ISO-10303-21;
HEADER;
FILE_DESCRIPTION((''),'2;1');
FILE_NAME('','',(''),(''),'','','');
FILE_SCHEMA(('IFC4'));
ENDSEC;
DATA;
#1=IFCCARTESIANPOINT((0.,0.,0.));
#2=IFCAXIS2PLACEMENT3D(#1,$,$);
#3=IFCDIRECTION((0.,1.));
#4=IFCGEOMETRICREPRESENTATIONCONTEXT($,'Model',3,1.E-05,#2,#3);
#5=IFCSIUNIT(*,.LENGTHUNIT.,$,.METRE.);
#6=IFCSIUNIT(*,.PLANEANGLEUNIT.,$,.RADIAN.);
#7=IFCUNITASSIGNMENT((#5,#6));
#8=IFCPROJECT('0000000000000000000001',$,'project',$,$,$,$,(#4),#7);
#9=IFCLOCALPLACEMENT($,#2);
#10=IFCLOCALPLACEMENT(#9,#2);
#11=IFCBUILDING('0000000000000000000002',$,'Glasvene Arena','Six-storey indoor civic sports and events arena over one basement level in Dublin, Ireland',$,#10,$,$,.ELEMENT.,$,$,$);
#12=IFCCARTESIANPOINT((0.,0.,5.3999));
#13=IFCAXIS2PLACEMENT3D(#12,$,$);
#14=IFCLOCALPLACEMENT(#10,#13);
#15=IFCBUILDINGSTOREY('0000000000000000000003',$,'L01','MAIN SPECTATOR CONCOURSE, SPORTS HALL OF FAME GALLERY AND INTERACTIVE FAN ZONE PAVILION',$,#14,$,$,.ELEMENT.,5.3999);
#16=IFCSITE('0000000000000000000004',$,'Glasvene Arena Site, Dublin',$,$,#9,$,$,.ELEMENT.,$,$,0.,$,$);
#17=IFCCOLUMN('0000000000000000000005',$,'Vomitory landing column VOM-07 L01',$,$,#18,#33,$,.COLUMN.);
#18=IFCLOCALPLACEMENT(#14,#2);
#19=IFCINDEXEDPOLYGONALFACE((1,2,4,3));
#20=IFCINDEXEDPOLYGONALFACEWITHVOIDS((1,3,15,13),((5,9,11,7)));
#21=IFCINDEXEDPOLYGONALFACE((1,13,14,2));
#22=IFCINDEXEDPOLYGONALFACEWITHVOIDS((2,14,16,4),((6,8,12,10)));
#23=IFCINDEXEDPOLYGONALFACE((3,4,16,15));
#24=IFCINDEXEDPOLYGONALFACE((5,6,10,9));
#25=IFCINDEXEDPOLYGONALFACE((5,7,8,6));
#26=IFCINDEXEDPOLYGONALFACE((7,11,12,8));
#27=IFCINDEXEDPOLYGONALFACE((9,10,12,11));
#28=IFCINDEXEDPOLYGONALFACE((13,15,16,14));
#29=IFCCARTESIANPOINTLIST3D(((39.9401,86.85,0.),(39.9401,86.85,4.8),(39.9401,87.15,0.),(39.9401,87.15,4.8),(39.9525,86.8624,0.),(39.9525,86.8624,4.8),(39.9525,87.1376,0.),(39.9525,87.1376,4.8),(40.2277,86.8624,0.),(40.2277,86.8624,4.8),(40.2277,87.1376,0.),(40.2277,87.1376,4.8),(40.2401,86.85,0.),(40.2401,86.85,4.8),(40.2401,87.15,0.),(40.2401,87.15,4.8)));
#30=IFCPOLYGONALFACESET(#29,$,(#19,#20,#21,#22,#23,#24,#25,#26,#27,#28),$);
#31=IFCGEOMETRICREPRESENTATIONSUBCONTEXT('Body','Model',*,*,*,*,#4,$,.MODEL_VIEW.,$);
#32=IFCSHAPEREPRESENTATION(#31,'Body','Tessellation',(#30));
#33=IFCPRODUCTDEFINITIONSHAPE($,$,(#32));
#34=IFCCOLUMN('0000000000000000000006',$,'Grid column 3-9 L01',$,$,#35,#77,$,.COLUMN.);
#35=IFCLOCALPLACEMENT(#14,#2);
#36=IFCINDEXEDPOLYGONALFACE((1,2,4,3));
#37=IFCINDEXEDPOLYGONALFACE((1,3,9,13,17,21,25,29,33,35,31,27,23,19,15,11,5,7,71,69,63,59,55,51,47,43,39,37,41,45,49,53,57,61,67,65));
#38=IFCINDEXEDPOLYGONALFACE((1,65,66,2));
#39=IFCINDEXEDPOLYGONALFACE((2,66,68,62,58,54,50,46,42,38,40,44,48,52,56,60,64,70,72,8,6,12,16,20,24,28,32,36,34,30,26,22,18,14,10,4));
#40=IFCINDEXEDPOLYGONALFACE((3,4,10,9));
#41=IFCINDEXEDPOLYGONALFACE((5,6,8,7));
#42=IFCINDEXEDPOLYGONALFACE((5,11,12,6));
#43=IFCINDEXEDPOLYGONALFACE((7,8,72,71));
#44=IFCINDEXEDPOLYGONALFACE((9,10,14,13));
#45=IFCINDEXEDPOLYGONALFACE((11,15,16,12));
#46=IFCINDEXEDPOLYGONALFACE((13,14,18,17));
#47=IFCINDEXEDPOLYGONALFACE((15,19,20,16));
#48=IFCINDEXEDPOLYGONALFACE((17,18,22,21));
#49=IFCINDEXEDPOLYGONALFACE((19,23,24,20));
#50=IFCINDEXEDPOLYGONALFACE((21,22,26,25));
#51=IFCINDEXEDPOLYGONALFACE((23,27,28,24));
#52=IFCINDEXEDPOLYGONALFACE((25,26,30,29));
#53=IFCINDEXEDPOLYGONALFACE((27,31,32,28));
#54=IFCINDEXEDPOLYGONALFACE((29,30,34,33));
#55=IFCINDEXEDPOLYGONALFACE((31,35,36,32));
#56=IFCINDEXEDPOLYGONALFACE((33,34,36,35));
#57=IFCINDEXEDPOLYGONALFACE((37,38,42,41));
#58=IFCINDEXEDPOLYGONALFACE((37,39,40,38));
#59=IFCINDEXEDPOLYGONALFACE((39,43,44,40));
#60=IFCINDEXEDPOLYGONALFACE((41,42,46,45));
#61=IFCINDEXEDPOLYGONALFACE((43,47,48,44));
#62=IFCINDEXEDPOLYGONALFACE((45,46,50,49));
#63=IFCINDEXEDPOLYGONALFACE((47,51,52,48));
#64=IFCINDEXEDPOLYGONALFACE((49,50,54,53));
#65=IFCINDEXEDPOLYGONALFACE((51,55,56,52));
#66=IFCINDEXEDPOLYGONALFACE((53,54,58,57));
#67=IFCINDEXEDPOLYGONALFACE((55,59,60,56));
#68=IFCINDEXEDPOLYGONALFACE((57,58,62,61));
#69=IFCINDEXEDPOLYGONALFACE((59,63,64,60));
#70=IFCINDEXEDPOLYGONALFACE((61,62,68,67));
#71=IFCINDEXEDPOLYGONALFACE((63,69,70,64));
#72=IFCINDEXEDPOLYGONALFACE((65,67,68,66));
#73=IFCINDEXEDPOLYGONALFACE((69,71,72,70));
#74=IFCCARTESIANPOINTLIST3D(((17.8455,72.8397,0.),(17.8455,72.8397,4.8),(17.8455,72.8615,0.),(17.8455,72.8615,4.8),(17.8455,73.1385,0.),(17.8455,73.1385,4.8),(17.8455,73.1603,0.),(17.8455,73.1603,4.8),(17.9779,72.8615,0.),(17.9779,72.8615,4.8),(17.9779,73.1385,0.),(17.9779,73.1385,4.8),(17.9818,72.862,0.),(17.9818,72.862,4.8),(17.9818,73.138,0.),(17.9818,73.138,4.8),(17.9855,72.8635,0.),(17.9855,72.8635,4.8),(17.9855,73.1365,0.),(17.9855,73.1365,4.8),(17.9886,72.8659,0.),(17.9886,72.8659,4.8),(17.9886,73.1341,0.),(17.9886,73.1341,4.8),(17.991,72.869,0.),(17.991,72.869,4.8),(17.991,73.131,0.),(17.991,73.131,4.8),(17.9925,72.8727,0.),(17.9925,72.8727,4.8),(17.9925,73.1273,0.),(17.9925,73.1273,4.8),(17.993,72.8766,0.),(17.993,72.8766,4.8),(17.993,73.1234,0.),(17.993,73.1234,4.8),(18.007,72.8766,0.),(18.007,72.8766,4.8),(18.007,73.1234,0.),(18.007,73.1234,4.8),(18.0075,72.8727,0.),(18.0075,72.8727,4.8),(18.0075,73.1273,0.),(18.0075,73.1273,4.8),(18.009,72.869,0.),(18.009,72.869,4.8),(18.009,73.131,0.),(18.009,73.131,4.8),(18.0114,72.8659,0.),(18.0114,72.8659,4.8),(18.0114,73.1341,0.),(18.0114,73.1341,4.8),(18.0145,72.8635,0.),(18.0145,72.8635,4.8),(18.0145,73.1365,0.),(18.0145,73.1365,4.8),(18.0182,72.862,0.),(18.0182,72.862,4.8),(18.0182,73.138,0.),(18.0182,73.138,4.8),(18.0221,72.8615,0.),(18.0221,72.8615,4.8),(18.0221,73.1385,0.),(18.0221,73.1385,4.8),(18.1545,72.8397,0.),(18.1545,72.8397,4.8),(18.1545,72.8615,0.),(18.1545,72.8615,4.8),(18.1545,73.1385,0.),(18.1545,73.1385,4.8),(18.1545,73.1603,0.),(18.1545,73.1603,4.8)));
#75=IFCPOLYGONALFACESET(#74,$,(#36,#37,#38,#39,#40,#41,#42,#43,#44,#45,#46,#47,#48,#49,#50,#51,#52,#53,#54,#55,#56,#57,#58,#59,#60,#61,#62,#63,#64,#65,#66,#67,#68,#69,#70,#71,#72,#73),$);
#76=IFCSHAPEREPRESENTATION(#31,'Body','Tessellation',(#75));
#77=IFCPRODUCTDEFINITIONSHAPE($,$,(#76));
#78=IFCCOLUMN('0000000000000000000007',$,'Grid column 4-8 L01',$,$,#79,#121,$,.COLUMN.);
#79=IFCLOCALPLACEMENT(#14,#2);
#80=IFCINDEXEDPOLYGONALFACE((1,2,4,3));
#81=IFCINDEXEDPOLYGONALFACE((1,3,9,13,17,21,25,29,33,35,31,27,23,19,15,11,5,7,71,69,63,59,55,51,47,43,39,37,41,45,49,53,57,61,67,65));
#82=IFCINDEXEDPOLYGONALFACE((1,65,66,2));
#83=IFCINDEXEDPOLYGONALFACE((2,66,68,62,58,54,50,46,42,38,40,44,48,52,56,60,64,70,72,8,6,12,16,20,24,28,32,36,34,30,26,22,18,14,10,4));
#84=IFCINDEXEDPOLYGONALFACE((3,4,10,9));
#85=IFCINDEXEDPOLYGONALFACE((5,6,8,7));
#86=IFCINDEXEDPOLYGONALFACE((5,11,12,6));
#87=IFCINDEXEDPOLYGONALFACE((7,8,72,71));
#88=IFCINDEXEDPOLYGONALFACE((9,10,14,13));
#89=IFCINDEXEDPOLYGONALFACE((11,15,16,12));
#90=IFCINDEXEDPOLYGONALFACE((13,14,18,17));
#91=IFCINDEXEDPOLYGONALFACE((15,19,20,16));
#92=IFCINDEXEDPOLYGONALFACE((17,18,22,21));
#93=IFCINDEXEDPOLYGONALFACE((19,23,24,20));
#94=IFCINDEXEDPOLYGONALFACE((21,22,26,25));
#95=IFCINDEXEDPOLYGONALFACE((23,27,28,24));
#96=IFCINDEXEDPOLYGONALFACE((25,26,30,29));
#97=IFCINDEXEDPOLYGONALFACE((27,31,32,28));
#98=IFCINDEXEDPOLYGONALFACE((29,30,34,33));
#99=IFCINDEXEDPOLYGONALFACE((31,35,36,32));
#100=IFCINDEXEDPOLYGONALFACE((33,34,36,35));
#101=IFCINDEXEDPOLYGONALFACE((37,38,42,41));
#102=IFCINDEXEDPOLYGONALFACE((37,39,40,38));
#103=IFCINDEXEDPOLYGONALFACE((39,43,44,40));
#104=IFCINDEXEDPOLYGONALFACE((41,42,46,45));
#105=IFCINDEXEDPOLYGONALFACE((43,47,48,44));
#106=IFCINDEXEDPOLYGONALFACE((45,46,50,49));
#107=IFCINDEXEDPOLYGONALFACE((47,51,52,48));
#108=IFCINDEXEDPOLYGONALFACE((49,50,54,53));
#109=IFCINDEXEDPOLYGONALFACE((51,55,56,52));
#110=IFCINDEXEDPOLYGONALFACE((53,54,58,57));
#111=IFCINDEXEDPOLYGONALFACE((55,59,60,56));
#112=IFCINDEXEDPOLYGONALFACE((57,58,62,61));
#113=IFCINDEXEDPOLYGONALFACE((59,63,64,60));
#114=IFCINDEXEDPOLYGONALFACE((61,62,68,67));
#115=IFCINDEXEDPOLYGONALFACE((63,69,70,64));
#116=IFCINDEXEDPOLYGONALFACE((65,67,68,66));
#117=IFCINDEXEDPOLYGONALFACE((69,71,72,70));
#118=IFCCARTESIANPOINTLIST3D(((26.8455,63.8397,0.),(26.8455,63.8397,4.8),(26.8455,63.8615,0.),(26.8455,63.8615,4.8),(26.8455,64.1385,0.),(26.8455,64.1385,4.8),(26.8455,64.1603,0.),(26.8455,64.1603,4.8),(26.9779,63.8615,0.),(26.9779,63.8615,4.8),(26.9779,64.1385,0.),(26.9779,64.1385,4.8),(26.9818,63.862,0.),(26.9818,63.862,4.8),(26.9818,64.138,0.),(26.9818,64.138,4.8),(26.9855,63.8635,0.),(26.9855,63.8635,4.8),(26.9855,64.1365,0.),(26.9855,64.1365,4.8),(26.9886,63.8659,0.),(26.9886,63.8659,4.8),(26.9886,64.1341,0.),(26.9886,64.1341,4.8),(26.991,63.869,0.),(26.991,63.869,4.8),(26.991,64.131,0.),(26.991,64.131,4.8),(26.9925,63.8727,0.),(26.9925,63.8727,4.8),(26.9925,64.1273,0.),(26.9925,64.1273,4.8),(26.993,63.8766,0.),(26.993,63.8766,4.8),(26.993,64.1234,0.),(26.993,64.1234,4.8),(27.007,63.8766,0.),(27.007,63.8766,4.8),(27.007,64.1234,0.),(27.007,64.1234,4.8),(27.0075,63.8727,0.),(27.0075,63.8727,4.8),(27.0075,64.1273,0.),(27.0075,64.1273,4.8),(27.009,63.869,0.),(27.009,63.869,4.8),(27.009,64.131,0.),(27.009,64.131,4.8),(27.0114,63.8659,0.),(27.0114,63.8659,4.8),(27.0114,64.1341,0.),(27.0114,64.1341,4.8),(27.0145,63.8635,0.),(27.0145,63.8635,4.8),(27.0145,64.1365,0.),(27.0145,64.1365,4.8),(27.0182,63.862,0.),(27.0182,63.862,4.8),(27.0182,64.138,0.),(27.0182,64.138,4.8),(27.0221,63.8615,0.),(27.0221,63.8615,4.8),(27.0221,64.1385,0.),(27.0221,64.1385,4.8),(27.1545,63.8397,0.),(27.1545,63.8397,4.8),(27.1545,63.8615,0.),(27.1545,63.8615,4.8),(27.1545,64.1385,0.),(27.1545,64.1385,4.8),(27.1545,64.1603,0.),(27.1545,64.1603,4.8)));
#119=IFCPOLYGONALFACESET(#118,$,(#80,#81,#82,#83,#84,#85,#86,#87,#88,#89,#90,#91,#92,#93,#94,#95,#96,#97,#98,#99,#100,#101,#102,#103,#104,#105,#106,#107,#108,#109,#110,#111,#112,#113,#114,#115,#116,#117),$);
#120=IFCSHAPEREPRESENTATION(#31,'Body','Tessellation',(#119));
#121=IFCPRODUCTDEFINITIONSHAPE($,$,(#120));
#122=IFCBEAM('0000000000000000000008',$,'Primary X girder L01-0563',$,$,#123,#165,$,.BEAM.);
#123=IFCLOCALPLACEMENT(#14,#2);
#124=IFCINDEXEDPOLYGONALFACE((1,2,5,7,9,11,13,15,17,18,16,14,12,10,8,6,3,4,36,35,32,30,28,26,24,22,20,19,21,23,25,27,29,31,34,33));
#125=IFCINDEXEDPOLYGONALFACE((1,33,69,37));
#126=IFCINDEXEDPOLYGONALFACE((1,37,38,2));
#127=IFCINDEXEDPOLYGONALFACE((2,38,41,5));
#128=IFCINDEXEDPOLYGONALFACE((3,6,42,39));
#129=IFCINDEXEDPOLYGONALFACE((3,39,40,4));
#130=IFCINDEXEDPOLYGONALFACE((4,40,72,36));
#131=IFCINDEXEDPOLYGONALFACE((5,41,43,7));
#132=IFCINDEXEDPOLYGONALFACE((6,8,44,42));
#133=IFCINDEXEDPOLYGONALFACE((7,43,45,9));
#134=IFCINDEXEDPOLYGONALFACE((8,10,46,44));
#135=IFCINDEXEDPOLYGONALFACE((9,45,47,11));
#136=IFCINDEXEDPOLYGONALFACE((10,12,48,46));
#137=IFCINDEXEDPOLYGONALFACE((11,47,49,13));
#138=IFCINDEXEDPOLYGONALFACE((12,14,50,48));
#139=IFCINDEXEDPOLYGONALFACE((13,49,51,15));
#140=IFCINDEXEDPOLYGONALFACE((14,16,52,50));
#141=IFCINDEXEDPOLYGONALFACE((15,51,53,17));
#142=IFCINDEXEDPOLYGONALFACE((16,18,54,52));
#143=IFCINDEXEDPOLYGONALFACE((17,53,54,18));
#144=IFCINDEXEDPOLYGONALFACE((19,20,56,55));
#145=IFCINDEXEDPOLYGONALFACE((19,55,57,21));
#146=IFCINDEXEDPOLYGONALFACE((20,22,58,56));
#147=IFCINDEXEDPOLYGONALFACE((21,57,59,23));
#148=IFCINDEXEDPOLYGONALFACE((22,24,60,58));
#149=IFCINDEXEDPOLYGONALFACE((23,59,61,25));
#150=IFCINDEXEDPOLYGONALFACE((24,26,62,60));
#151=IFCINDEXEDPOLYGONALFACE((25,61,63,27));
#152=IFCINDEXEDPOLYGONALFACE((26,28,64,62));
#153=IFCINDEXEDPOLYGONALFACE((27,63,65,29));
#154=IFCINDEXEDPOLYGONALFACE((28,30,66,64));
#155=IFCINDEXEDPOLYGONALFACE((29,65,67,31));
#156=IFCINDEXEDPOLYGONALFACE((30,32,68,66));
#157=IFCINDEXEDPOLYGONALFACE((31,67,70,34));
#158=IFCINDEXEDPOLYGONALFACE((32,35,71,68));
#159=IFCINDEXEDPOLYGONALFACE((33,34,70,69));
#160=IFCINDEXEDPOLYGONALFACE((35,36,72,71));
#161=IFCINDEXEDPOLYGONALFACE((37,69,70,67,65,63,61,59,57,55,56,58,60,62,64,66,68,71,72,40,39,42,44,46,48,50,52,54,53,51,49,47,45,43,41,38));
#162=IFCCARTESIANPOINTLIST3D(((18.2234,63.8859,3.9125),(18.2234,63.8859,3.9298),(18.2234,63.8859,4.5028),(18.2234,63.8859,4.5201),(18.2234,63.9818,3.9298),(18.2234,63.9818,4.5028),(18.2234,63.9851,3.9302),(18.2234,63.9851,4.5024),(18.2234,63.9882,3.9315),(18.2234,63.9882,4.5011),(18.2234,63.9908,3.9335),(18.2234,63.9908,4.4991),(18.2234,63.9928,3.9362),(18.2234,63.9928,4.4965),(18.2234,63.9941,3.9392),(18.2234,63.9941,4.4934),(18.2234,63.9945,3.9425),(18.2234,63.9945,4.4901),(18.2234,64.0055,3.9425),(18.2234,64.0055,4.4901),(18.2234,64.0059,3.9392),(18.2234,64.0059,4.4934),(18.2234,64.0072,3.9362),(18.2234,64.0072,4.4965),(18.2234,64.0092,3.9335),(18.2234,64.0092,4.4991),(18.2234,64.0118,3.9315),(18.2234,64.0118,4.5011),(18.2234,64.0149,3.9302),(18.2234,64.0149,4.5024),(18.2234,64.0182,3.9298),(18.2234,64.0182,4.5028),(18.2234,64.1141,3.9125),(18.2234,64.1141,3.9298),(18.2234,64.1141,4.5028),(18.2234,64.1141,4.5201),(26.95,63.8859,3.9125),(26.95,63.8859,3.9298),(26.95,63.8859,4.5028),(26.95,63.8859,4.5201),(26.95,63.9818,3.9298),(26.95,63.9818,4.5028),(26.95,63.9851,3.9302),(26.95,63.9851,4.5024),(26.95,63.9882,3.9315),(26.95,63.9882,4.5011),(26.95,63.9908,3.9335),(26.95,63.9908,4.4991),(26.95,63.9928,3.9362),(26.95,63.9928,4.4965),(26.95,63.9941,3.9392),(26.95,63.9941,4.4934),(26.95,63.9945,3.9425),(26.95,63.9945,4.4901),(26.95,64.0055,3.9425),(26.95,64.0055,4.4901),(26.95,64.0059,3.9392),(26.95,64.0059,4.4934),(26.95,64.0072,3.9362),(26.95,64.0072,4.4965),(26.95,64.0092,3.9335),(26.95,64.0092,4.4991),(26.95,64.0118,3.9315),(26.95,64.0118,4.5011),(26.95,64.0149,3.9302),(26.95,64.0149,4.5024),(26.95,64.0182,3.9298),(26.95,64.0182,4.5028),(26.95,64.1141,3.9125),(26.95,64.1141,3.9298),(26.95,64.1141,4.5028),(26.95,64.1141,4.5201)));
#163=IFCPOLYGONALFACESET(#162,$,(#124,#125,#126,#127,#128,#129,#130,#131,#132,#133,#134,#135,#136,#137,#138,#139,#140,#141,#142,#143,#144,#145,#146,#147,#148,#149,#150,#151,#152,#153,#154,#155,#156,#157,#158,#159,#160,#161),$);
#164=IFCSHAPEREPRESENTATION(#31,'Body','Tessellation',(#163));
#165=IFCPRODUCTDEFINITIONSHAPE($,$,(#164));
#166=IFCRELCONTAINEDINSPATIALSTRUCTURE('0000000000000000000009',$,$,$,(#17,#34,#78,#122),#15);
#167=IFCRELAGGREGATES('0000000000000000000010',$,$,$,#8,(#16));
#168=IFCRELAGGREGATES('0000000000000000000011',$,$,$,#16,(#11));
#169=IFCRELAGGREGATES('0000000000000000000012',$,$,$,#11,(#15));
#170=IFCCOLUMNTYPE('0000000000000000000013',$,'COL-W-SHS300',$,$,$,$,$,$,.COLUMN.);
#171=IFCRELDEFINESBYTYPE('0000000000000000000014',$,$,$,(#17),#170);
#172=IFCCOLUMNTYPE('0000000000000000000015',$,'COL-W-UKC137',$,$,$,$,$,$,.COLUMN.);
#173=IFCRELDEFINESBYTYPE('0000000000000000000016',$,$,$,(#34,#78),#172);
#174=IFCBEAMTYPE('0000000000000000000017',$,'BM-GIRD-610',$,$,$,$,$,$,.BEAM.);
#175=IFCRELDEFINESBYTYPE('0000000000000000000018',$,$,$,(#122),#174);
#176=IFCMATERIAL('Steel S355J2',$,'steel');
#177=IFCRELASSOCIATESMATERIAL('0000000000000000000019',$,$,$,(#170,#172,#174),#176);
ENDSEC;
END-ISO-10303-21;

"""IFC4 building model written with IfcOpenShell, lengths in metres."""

from ifc_helpers import new_model, si_unit, direction, frame, origin, origin_2d, place, context, subcontext, project, spatial, hollow_rectangle, i_section, extrude, material, material_profile, profile_set, type_object, element, save


model = new_model("IFC4")

# Units and contexts
model_context = context("Model", 3, precision=1e-05, world=origin(), true_north=direction((0.0, 1.0)))
body_context = subcontext(model_context, "Body", "Model", "MODEL_VIEW")
ifc_project = project(units=[si_unit("LENGTHUNIT", "METRE"), si_unit("PLANEANGLEUNIT", "RADIAN")], contexts=[model_context])

# Site, building, storey
site_placement = place(None, origin())
site = spatial("IfcSite", under=ifc_project, at=site_placement, Name="Glasvene Arena Site, Dublin", CompositionType="ELEMENT", RefElevation=0.0)
building_placement = place(site_placement, origin())
building = spatial("IfcBuilding", under=site, at=building_placement, Name="Glasvene Arena", Description="Six-storey indoor civic sports and events arena over one basement level in Dublin, Ireland", CompositionType="ELEMENT")
storey_placement = place(building_placement, frame((0.0, 0.0, 5.3999)))
storey = spatial("IfcBuildingStorey", under=building, at=storey_placement, Name="L01", Description="MAIN SPECTATOR CONCOURSE, SPORTS HALL OF FAME GALLERY AND INTERACTIVE FAN ZONE PAVILION", CompositionType="ELEMENT", Elevation=5.3999)

# Columns
ifc_material_1 = material(Name="Steel S355J2", Category="steel")
ifc_material_profile_1 = material_profile(ifc_material_1, hollow_rectangle(XDim=0.3, YDim=0.3, WallThickness=0.0125, at=origin_2d()), Name="SHS 300x300x12.5")
ifc_profile_set_1 = profile_set([ifc_material_profile_1], Name="Steel S355J2")
column_type_1 = type_object("IfcColumnType", Name="COL-W-SHS300", PredefinedType="COLUMN", material=ifc_profile_set_1)
for number, where, z_axis, x_axis, name in (
    (1, (40.0901, 87.0, 0.0), (0.0, 0.0, 1.0), (1.0, 0.0, 0.0), "Vomitory landing column VOM-07 L01"),
):
    element("IfcColumn", number, at=place(storey_placement, frame(where, z_axis=z_axis, x_axis=x_axis)), inside=storey, type_object=column_type_1, Name=name, PredefinedType="COLUMN", context=body_context, shape_type="SweptSolid", body=[
        extrude(hollow_rectangle(XDim=0.3, YDim=0.3, WallThickness=0.0125, at=origin_2d()), origin(), (0.0, 0.0, 1.0), 4.8),
    ])
ifc_material_profile_2 = material_profile(ifc_material_1, i_section(OverallWidth=0.3091, OverallDepth=0.3206, WebThickness=0.0139, FlangeThickness=0.0217, FilletRadius=0.0151, at=origin_2d()), Name="UKC 305x305x137")
ifc_profile_set_2 = profile_set([ifc_material_profile_2], Name="Steel S355J2")
column_type_2 = type_object("IfcColumnType", Name="COL-W-UKC137", PredefinedType="COLUMN", material=ifc_profile_set_2)
for number, where, z_axis, x_axis, name in (
    (2, (18.0, 73.0, 0.0), (0.0, 0.0, 1.0), (1.0, 0.0, 0.0), "Grid column 3-9 L01"),
    (3, (27.0, 64.0, 0.0), (0.0, 0.0, 1.0), (1.0, 0.0, 0.0), "Grid column 4-8 L01"),
):
    element("IfcColumn", number, at=place(storey_placement, frame(where, z_axis=z_axis, x_axis=x_axis)), inside=storey, type_object=column_type_2, Name=name, PredefinedType="COLUMN", context=body_context, shape_type="SweptSolid", body=[
        extrude(i_section(OverallWidth=0.3091, OverallDepth=0.3206, WebThickness=0.0139, FlangeThickness=0.0217, FilletRadius=0.0151, at=origin_2d()), origin(), (0.0, 0.0, 1.0), 4.8),
    ])

# Beam
ifc_material_profile_3 = material_profile(ifc_material_1, i_section(OverallWidth=0.2283, OverallDepth=0.6077, WebThickness=0.011, FlangeThickness=0.0173, FilletRadius=0.0127, at=origin_2d()), Name="UKB 610x229x113")
ifc_profile_set_3 = profile_set([ifc_material_profile_3], Name="Steel S355J2")
beam_type_1 = type_object("IfcBeamType", Name="BM-GIRD-610", PredefinedType="BEAM", material=ifc_profile_set_3)
for number, where, z_axis, x_axis, name in (
    (4, (18.2234, 64.0, 4.2163), (1.0, 0.0, 0.0), (0.0, 1.0, 0.0), "Primary X girder L01-0563"),
):
    element("IfcBeam", number, at=place(storey_placement, frame(where, z_axis=z_axis, x_axis=x_axis)), inside=storey, type_object=beam_type_1, Name=name, PredefinedType="BEAM", context=body_context, shape_type="SweptSolid", body=[
        extrude(i_section(OverallWidth=0.2283, OverallDepth=0.6077, WebThickness=0.011, FlangeThickness=0.0173, FilletRadius=0.0127, at=origin_2d()), origin(), (0.0, 0.0, 1.0), 8.7266),
    ])

save(model, "model.ifc")
